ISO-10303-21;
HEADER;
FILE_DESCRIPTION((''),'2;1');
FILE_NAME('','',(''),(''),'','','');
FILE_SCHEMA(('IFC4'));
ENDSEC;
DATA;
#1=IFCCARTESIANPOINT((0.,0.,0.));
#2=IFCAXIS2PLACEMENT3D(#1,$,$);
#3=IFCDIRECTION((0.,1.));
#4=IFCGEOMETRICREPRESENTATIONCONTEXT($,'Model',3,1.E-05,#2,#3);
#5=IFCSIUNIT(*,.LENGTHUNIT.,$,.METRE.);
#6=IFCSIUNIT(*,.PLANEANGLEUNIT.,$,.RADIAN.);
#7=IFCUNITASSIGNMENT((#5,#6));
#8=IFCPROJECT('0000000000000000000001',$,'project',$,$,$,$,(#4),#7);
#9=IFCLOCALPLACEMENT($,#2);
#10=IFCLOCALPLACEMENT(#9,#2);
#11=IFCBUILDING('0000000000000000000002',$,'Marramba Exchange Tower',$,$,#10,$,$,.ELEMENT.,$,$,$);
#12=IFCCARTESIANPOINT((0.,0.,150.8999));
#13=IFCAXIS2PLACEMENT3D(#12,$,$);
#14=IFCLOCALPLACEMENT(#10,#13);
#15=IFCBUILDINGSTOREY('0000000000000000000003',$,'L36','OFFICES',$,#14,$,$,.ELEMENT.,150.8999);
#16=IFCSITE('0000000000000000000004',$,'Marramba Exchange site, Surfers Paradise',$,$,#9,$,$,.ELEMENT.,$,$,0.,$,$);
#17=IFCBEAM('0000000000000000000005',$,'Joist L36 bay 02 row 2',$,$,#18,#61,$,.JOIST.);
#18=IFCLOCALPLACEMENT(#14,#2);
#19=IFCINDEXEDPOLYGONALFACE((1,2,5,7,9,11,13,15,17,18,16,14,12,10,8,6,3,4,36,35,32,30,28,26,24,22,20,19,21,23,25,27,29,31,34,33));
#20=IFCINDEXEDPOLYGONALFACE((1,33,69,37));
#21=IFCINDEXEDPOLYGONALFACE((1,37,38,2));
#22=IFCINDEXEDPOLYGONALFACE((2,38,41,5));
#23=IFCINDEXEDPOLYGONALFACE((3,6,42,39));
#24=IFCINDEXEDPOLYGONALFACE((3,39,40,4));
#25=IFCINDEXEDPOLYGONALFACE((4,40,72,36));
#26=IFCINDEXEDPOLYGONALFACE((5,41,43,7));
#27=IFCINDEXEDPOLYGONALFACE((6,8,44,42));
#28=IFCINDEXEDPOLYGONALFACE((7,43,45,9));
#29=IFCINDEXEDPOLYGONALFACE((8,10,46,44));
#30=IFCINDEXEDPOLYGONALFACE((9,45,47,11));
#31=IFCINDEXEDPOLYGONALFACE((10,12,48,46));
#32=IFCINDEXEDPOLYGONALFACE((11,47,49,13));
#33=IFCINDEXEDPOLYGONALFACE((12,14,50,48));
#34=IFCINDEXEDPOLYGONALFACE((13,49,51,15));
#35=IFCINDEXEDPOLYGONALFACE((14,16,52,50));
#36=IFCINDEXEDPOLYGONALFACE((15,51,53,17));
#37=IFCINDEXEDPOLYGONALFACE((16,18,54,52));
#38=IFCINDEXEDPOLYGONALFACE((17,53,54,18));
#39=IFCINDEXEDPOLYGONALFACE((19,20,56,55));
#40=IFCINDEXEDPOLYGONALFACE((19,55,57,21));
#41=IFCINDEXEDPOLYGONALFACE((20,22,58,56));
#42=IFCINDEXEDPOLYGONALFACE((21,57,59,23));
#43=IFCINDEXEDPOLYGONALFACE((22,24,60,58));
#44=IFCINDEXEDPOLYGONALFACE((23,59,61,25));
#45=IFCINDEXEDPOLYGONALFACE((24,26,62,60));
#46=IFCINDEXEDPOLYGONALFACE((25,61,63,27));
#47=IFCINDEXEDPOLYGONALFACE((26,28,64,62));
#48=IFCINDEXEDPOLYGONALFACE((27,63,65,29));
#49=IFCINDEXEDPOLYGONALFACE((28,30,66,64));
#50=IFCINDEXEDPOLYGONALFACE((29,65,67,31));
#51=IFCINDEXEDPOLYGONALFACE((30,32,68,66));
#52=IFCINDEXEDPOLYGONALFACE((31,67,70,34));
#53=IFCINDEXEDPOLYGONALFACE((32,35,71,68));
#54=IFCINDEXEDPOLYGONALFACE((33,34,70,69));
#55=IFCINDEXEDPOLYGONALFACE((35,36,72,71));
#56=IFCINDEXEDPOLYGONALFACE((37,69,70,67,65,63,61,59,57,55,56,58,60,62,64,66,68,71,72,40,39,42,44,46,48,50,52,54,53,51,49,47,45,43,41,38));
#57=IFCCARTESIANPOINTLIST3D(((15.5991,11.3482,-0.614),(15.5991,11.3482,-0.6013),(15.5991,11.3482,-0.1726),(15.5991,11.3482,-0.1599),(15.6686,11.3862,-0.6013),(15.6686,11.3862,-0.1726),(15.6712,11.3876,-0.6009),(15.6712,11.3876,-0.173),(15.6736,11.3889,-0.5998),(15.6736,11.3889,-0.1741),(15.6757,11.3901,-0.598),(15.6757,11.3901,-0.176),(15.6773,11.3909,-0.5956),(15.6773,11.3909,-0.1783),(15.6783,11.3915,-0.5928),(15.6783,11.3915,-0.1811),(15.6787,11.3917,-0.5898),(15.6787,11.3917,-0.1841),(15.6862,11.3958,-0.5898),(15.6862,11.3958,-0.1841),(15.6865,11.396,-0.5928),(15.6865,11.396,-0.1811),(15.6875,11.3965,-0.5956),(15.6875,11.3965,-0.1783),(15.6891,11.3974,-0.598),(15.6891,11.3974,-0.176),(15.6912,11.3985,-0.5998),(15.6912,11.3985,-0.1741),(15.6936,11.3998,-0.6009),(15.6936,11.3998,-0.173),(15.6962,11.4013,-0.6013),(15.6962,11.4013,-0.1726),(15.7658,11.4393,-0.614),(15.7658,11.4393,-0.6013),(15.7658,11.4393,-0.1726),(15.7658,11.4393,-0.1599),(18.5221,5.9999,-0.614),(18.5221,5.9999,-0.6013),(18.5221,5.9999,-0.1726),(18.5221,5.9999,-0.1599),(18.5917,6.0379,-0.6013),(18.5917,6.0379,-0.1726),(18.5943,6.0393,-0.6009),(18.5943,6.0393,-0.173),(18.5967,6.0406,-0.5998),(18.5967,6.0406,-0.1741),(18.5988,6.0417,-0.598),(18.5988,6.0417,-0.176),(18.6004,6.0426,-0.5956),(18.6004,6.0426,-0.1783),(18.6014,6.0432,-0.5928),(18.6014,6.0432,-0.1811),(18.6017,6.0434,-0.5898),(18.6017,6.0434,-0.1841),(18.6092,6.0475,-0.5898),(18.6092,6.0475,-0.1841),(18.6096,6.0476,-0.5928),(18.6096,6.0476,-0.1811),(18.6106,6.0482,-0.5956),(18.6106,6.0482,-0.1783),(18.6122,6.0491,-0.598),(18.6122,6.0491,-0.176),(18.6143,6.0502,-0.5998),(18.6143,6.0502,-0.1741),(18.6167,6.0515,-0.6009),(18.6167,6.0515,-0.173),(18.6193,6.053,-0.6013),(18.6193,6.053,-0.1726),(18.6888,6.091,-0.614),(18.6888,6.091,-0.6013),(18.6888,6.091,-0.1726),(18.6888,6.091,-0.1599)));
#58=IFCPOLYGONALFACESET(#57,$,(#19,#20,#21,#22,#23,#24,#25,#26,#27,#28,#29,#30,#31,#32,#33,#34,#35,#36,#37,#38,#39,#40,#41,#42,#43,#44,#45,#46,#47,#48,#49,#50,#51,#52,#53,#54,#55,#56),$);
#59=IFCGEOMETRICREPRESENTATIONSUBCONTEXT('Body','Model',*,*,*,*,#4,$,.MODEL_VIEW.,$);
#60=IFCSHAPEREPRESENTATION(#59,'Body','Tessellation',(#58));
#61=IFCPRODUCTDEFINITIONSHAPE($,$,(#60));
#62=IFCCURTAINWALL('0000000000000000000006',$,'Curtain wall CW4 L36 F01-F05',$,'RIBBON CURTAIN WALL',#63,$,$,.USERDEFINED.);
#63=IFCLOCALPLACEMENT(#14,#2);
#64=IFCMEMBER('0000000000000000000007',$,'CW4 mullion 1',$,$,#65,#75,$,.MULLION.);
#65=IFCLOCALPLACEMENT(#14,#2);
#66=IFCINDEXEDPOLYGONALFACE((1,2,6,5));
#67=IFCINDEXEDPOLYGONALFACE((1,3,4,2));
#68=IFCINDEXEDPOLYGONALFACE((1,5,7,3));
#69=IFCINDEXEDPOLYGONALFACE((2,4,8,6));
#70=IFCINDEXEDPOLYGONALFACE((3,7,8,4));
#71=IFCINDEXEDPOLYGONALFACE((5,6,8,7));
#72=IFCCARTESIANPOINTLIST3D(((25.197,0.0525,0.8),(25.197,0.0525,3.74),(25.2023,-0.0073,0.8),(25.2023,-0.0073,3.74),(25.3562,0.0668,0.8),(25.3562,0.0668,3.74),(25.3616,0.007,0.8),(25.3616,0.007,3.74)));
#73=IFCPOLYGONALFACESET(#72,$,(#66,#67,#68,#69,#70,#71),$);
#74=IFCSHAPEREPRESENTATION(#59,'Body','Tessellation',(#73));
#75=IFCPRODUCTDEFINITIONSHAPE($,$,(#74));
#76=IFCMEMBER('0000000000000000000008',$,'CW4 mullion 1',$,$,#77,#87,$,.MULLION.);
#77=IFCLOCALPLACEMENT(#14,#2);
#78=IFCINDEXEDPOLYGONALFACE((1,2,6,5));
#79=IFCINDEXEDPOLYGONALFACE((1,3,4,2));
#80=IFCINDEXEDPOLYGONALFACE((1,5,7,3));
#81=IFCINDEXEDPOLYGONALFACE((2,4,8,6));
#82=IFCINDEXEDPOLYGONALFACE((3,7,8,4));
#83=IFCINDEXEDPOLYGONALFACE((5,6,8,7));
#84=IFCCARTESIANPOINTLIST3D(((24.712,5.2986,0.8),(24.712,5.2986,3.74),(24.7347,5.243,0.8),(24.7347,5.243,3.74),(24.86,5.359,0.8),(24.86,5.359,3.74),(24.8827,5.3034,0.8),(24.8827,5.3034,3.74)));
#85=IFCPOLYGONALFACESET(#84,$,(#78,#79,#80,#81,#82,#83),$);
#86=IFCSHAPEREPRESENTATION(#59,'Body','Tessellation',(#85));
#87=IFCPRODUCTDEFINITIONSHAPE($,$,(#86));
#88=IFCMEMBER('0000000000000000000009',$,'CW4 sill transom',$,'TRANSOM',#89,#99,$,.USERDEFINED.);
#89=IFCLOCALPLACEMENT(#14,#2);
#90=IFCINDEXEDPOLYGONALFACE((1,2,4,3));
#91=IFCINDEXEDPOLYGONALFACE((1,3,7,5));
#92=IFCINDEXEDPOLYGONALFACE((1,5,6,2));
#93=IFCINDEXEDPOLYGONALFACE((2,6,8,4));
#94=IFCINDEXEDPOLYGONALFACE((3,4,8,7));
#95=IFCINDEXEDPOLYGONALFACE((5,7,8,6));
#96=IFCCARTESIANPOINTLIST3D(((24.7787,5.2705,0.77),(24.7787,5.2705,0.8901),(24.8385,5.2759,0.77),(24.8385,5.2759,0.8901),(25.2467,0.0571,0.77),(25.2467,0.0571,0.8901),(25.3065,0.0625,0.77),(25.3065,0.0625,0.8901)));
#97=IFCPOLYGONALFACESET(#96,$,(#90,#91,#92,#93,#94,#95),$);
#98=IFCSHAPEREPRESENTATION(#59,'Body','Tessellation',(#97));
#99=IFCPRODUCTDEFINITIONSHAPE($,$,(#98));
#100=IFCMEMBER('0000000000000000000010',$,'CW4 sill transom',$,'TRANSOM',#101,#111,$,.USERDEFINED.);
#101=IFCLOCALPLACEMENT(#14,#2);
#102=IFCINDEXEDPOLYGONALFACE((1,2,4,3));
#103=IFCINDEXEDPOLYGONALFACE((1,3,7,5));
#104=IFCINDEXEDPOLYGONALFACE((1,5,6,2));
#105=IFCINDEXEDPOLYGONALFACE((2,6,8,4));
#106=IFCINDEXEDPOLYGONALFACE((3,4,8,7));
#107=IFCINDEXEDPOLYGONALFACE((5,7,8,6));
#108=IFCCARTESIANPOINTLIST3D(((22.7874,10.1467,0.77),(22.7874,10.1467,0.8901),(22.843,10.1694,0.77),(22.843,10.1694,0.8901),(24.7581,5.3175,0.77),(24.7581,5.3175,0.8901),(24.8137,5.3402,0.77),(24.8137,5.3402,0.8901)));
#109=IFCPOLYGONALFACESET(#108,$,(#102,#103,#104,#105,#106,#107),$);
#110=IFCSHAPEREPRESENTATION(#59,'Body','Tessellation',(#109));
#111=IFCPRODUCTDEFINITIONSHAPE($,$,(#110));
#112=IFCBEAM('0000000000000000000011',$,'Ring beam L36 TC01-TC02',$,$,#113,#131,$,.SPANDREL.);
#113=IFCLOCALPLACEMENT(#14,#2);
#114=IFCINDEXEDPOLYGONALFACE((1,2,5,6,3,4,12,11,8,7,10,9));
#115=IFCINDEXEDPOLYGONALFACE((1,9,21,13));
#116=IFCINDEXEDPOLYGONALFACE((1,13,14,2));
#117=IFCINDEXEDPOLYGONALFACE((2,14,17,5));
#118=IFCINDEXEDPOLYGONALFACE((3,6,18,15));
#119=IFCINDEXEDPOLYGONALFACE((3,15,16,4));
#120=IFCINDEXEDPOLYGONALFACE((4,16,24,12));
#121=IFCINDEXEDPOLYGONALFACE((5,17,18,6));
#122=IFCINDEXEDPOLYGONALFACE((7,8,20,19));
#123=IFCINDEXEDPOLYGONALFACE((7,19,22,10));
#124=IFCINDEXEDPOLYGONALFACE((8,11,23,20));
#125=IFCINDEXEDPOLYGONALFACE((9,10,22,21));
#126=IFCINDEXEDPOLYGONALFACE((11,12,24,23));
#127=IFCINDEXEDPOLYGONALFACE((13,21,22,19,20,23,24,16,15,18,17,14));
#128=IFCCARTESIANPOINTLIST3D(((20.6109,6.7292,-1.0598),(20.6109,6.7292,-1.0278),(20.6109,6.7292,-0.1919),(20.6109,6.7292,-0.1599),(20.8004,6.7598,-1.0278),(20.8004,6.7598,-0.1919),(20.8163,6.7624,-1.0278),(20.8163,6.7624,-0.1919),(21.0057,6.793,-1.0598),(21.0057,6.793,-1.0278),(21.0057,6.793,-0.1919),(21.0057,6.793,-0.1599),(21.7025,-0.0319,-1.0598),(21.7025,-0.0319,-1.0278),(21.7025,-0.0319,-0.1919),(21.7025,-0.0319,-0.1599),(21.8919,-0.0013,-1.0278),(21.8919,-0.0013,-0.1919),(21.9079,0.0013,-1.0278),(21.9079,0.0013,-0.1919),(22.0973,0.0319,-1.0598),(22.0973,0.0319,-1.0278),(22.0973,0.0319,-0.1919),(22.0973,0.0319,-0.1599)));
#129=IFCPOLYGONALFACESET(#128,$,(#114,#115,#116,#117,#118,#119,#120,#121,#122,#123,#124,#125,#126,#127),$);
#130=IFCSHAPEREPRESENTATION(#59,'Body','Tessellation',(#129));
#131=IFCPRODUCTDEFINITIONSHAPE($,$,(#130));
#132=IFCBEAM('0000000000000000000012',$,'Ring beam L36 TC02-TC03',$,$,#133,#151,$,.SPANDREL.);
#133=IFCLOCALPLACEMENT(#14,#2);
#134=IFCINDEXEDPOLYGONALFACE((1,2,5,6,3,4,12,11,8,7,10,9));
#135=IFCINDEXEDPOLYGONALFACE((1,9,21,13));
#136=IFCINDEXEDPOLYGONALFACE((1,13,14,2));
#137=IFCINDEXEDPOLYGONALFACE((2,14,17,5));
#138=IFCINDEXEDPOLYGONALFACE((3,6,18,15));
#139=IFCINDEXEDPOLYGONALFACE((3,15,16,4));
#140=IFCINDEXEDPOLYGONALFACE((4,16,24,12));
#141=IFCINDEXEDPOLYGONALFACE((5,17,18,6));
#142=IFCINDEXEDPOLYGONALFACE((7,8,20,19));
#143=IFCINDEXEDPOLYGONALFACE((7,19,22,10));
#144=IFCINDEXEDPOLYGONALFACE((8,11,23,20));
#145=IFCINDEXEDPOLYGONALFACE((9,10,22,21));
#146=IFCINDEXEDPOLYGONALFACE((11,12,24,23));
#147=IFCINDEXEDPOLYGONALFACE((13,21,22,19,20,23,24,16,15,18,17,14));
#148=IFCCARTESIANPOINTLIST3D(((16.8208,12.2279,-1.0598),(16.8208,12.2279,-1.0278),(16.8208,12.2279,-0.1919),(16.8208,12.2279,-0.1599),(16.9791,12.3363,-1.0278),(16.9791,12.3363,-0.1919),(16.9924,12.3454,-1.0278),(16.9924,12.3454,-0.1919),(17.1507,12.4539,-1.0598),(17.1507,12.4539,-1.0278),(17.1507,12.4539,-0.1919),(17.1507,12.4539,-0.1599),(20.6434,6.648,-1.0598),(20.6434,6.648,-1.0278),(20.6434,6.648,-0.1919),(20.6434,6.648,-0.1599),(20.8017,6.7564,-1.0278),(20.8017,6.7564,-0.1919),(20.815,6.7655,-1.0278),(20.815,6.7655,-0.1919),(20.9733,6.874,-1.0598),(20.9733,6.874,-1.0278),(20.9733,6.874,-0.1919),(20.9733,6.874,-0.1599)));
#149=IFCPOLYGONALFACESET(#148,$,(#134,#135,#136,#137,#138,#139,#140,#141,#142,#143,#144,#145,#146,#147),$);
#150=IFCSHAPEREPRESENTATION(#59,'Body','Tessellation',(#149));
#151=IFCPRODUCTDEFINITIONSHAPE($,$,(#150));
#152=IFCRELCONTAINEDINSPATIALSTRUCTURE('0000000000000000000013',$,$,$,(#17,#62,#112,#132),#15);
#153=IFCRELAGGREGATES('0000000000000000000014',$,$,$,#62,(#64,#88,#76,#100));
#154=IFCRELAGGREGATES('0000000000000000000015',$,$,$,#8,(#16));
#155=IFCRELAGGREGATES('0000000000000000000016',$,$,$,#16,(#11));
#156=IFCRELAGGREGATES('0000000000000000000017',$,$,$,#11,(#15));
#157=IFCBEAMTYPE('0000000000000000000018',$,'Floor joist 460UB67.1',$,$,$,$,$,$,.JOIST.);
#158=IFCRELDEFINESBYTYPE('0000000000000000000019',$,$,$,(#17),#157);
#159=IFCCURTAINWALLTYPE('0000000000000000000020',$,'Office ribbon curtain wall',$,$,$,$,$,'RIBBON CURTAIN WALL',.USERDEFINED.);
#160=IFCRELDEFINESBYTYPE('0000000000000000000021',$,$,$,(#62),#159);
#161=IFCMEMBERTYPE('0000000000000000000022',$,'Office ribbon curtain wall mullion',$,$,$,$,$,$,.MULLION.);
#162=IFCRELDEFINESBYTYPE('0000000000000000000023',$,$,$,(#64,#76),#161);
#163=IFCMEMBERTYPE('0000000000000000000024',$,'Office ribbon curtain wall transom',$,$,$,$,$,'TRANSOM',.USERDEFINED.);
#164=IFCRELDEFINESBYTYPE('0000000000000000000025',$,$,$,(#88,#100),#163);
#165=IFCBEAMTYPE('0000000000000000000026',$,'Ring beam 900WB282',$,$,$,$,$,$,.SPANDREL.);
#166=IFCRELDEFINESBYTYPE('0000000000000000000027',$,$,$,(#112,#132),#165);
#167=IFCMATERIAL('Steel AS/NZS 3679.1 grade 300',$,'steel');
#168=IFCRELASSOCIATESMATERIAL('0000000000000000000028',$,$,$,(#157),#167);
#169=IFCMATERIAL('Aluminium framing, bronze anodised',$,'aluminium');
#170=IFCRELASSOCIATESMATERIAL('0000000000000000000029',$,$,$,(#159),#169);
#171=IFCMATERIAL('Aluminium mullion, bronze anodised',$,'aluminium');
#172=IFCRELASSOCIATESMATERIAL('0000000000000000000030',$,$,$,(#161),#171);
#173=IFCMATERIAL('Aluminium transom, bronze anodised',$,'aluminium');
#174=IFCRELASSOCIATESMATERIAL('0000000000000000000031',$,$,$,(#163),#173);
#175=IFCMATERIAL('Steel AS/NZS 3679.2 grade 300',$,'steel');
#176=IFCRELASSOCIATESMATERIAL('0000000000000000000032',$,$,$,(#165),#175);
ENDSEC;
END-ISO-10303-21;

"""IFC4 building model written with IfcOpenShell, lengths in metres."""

from ifc_helpers import new_model, si_unit, direction, frame, origin, origin_2d, place, context, subcontext, project, spatial, rectangle, i_section, extrude, material, material_profile, profile_set, type_object, element, aggregate, save


model = new_model("IFC4")

# Units and contexts
model_context = context("Model", 3, precision=1e-05, world=origin(), true_north=direction((0.0, 1.0)))
body_context = subcontext(model_context, "Body", "Model", "MODEL_VIEW")
ifc_project = project(units=[si_unit("LENGTHUNIT", "METRE"), si_unit("PLANEANGLEUNIT", "RADIAN")], contexts=[model_context])

# Site, building, storey
site_placement = place(None, origin())
site = spatial("IfcSite", under=ifc_project, at=site_placement, Name="Marramba Exchange site, Surfers Paradise", CompositionType="ELEMENT", RefElevation=0.0)
building_placement = place(site_placement, origin())
building = spatial("IfcBuilding", under=site, at=building_placement, Name="Marramba Exchange Tower", CompositionType="ELEMENT")
storey_placement = place(building_placement, frame((0.0, 0.0, 150.8999)))
storey = spatial("IfcBuildingStorey", under=building, at=storey_placement, Name="L36", Description="OFFICES", CompositionType="ELEMENT", Elevation=150.8999)

# Beam
ifc_material_1 = material(Name="Steel AS/NZS 3679.2 grade 300", Category="steel")
ifc_material_2 = material(Name="Steel AS/NZS 3679.1 grade 300", Category="steel")
ifc_material_profile_1 = material_profile(ifc_material_2, i_section(OverallWidth=0.1899, OverallDepth=0.4541, WebThickness=0.0085, FlangeThickness=0.0127, FilletRadius=0.0115, at=origin_2d()), Name="460UB67.1")
ifc_profile_set_1 = profile_set([ifc_material_profile_1], Name="Steel AS/NZS 3679.1 grade 300")
beam_type_1 = type_object("IfcBeamType", Name="Floor joist 460UB67.1", PredefinedType="JOIST", material=ifc_profile_set_1)
beam_1_placement = place(storey_placement, frame((18.6055, 6.0454, -0.387), z_axis=(-0.479584, 0.877496, 0.0), x_axis=(-0.877496, -0.479584, 0.0)))
element("IfcBeam", 1, at=beam_1_placement, inside=storey, type_object=beam_type_1, Name="Joist L36 bay 02 row 2", PredefinedType="JOIST", context=body_context, shape_type="SweptSolid", body=[
    extrude(i_section(OverallWidth=0.1899, OverallDepth=0.4541, WebThickness=0.0085, FlangeThickness=0.0127, FilletRadius=0.0115, at=origin_2d()), origin(), (0.0, 0.0, 1.0), 6.095),
])

# Curtain wall, members
ifc_material_3 = material(Name="Aluminium framing, bronze anodised", Category="aluminium")
curtain_wall_type = type_object("IfcCurtainWallType", Name="Office ribbon curtain wall", ElementType="RIBBON CURTAIN WALL", PredefinedType="USERDEFINED", material=ifc_material_3)
curtain_wall_placement = place(storey_placement, origin())
curtain_wall = element("IfcCurtainWall", 2, at=curtain_wall_placement, inside=storey, type_object=curtain_wall_type, Name="Curtain wall CW4 L36 F01-F05", ObjectType="RIBBON CURTAIN WALL", PredefinedType="USERDEFINED")
ifc_material_4 = material(Name="Aluminium mullion, bronze anodised", Category="aluminium")
ifc_material_profile_2 = material_profile(ifc_material_4, rectangle(XDim=0.1599, YDim=0.0601, at=origin_2d()), Name="CW4 mullion 60x160")
ifc_profile_set_2 = profile_set([ifc_material_profile_2], Name="Aluminium mullion, bronze anodised")
member_type_1 = type_object("IfcMemberType", Name="Office ribbon curtain wall mullion", PredefinedType="MULLION", material=ifc_profile_set_2)
member_1_placement = place(storey_placement, frame((25.2793, 0.0298, 0.8), z_axis=(0.0, 0.0, 1.0), x_axis=(-0.995995, -0.089413, 0.0)))
member_1 = element("IfcMember", 3, at=member_1_placement, type_object=member_type_1, Name="CW4 mullion 1", PredefinedType="MULLION", context=body_context, shape_type="SweptSolid", body=[
    extrude(rectangle(XDim=0.1599, YDim=0.0601, at=origin_2d()), origin(), (0.0, 0.0, 1.0), 2.9399),
])
member_2_placement = place(storey_placement, frame((24.7974, 5.301, 0.8), z_axis=(0.0, 0.0, 1.0), x_axis=(-0.925879, -0.377821, 0.0)))
member_2 = element("IfcMember", 4, at=member_2_placement, type_object=member_type_1, Name="CW4 mullion 1", PredefinedType="MULLION", context=body_context, shape_type="SweptSolid", body=[
    extrude(rectangle(XDim=0.1599, YDim=0.0601, at=origin_2d()), origin(), (0.0, 0.0, 1.0), 2.9399),
])
ifc_material_5 = material(Name="Aluminium transom, bronze anodised", Category="aluminium")
ifc_material_profile_3 = material_profile(ifc_material_5, rectangle(XDim=0.0601, YDim=0.1201, at=origin_2d()), Name="CW4 transom 60x120")
ifc_profile_set_3 = profile_set([ifc_material_profile_3], Name="Aluminium transom, bronze anodised")
member_type_2 = type_object("IfcMemberType", Name="Office ribbon curtain wall transom", ElementType="TRANSOM", PredefinedType="USERDEFINED", material=ifc_profile_set_3)
member_3_placement = place(storey_placement, frame((25.2766, 0.0598, 0.8301), z_axis=(-0.089413, 0.995995, 0.0), x_axis=(-0.995995, -0.089413, 0.0)))
member_3 = element("IfcMember", 5, at=member_3_placement, type_object=member_type_2, Name="CW4 sill transom", ObjectType="TRANSOM", PredefinedType="USERDEFINED", context=body_context, shape_type="SweptSolid", body=[
    extrude(rectangle(XDim=0.0601, YDim=0.1201, at=origin_2d()), origin(), (0.0, 0.0, 1.0), 5.2344),
])
member_4_placement = place(storey_placement, frame((24.7859, 5.3289, 0.8301), z_axis=(-0.377838, 0.925872, 0.0), x_axis=(-0.925872, -0.377838, 0.0)))
member_4 = element("IfcMember", 6, at=member_4_placement, type_object=member_type_2, Name="CW4 sill transom", ObjectType="TRANSOM", PredefinedType="USERDEFINED", context=body_context, shape_type="SweptSolid", body=[
    extrude(rectangle(XDim=0.0601, YDim=0.1201, at=origin_2d()), origin(), (0.0, 0.0, 1.0), 5.2158),
])

# Beams
ifc_material_profile_4 = material_profile(ifc_material_1, i_section(OverallWidth=0.3999, OverallDepth=0.8999, WebThickness=0.0161, FlangeThickness=0.032, at=origin_2d()), Name="900WB282")
ifc_profile_set_4 = profile_set([ifc_material_profile_4], Name="Steel AS/NZS 3679.2 grade 300")
beam_type_2 = type_object("IfcBeamType", Name="Ring beam 900WB282", PredefinedType="SPANDREL", material=ifc_profile_set_4)
beam_2_placement = place(storey_placement, frame((21.8999, 0.0, -0.6099), z_axis=(-0.159385, 0.987217, 0.0), x_axis=(-0.987217, -0.159385, 0.0)))
element("IfcBeam", 7, at=beam_2_placement, inside=storey, type_object=beam_type_2, Name="Ring beam L36 TC01-TC02", PredefinedType="SPANDREL", context=body_context, shape_type="SweptSolid", body=[
    extrude(i_section(OverallWidth=0.3999, OverallDepth=0.8999, WebThickness=0.0161, FlangeThickness=0.032, at=origin_2d()), origin(), (0.0, 0.0, 1.0), 6.8486),
])
beam_3_placement = place(storey_placement, frame((20.8083, 6.761, -0.6099), z_axis=(-0.56516, 0.824981, 0.0), x_axis=(-0.824981, -0.56516, 0.0)))
element("IfcBeam", 8, at=beam_3_placement, inside=storey, type_object=beam_type_2, Name="Ring beam L36 TC02-TC03", PredefinedType="SPANDREL", context=body_context, shape_type="SweptSolid", body=[
    extrude(i_section(OverallWidth=0.3999, OverallDepth=0.8999, WebThickness=0.0161, FlangeThickness=0.032, at=origin_2d()), origin(), (0.0, 0.0, 1.0), 6.7637),
])

aggregate(curtain_wall, [member_1, member_3, member_2, member_4])

save(model, "model.ifc")
